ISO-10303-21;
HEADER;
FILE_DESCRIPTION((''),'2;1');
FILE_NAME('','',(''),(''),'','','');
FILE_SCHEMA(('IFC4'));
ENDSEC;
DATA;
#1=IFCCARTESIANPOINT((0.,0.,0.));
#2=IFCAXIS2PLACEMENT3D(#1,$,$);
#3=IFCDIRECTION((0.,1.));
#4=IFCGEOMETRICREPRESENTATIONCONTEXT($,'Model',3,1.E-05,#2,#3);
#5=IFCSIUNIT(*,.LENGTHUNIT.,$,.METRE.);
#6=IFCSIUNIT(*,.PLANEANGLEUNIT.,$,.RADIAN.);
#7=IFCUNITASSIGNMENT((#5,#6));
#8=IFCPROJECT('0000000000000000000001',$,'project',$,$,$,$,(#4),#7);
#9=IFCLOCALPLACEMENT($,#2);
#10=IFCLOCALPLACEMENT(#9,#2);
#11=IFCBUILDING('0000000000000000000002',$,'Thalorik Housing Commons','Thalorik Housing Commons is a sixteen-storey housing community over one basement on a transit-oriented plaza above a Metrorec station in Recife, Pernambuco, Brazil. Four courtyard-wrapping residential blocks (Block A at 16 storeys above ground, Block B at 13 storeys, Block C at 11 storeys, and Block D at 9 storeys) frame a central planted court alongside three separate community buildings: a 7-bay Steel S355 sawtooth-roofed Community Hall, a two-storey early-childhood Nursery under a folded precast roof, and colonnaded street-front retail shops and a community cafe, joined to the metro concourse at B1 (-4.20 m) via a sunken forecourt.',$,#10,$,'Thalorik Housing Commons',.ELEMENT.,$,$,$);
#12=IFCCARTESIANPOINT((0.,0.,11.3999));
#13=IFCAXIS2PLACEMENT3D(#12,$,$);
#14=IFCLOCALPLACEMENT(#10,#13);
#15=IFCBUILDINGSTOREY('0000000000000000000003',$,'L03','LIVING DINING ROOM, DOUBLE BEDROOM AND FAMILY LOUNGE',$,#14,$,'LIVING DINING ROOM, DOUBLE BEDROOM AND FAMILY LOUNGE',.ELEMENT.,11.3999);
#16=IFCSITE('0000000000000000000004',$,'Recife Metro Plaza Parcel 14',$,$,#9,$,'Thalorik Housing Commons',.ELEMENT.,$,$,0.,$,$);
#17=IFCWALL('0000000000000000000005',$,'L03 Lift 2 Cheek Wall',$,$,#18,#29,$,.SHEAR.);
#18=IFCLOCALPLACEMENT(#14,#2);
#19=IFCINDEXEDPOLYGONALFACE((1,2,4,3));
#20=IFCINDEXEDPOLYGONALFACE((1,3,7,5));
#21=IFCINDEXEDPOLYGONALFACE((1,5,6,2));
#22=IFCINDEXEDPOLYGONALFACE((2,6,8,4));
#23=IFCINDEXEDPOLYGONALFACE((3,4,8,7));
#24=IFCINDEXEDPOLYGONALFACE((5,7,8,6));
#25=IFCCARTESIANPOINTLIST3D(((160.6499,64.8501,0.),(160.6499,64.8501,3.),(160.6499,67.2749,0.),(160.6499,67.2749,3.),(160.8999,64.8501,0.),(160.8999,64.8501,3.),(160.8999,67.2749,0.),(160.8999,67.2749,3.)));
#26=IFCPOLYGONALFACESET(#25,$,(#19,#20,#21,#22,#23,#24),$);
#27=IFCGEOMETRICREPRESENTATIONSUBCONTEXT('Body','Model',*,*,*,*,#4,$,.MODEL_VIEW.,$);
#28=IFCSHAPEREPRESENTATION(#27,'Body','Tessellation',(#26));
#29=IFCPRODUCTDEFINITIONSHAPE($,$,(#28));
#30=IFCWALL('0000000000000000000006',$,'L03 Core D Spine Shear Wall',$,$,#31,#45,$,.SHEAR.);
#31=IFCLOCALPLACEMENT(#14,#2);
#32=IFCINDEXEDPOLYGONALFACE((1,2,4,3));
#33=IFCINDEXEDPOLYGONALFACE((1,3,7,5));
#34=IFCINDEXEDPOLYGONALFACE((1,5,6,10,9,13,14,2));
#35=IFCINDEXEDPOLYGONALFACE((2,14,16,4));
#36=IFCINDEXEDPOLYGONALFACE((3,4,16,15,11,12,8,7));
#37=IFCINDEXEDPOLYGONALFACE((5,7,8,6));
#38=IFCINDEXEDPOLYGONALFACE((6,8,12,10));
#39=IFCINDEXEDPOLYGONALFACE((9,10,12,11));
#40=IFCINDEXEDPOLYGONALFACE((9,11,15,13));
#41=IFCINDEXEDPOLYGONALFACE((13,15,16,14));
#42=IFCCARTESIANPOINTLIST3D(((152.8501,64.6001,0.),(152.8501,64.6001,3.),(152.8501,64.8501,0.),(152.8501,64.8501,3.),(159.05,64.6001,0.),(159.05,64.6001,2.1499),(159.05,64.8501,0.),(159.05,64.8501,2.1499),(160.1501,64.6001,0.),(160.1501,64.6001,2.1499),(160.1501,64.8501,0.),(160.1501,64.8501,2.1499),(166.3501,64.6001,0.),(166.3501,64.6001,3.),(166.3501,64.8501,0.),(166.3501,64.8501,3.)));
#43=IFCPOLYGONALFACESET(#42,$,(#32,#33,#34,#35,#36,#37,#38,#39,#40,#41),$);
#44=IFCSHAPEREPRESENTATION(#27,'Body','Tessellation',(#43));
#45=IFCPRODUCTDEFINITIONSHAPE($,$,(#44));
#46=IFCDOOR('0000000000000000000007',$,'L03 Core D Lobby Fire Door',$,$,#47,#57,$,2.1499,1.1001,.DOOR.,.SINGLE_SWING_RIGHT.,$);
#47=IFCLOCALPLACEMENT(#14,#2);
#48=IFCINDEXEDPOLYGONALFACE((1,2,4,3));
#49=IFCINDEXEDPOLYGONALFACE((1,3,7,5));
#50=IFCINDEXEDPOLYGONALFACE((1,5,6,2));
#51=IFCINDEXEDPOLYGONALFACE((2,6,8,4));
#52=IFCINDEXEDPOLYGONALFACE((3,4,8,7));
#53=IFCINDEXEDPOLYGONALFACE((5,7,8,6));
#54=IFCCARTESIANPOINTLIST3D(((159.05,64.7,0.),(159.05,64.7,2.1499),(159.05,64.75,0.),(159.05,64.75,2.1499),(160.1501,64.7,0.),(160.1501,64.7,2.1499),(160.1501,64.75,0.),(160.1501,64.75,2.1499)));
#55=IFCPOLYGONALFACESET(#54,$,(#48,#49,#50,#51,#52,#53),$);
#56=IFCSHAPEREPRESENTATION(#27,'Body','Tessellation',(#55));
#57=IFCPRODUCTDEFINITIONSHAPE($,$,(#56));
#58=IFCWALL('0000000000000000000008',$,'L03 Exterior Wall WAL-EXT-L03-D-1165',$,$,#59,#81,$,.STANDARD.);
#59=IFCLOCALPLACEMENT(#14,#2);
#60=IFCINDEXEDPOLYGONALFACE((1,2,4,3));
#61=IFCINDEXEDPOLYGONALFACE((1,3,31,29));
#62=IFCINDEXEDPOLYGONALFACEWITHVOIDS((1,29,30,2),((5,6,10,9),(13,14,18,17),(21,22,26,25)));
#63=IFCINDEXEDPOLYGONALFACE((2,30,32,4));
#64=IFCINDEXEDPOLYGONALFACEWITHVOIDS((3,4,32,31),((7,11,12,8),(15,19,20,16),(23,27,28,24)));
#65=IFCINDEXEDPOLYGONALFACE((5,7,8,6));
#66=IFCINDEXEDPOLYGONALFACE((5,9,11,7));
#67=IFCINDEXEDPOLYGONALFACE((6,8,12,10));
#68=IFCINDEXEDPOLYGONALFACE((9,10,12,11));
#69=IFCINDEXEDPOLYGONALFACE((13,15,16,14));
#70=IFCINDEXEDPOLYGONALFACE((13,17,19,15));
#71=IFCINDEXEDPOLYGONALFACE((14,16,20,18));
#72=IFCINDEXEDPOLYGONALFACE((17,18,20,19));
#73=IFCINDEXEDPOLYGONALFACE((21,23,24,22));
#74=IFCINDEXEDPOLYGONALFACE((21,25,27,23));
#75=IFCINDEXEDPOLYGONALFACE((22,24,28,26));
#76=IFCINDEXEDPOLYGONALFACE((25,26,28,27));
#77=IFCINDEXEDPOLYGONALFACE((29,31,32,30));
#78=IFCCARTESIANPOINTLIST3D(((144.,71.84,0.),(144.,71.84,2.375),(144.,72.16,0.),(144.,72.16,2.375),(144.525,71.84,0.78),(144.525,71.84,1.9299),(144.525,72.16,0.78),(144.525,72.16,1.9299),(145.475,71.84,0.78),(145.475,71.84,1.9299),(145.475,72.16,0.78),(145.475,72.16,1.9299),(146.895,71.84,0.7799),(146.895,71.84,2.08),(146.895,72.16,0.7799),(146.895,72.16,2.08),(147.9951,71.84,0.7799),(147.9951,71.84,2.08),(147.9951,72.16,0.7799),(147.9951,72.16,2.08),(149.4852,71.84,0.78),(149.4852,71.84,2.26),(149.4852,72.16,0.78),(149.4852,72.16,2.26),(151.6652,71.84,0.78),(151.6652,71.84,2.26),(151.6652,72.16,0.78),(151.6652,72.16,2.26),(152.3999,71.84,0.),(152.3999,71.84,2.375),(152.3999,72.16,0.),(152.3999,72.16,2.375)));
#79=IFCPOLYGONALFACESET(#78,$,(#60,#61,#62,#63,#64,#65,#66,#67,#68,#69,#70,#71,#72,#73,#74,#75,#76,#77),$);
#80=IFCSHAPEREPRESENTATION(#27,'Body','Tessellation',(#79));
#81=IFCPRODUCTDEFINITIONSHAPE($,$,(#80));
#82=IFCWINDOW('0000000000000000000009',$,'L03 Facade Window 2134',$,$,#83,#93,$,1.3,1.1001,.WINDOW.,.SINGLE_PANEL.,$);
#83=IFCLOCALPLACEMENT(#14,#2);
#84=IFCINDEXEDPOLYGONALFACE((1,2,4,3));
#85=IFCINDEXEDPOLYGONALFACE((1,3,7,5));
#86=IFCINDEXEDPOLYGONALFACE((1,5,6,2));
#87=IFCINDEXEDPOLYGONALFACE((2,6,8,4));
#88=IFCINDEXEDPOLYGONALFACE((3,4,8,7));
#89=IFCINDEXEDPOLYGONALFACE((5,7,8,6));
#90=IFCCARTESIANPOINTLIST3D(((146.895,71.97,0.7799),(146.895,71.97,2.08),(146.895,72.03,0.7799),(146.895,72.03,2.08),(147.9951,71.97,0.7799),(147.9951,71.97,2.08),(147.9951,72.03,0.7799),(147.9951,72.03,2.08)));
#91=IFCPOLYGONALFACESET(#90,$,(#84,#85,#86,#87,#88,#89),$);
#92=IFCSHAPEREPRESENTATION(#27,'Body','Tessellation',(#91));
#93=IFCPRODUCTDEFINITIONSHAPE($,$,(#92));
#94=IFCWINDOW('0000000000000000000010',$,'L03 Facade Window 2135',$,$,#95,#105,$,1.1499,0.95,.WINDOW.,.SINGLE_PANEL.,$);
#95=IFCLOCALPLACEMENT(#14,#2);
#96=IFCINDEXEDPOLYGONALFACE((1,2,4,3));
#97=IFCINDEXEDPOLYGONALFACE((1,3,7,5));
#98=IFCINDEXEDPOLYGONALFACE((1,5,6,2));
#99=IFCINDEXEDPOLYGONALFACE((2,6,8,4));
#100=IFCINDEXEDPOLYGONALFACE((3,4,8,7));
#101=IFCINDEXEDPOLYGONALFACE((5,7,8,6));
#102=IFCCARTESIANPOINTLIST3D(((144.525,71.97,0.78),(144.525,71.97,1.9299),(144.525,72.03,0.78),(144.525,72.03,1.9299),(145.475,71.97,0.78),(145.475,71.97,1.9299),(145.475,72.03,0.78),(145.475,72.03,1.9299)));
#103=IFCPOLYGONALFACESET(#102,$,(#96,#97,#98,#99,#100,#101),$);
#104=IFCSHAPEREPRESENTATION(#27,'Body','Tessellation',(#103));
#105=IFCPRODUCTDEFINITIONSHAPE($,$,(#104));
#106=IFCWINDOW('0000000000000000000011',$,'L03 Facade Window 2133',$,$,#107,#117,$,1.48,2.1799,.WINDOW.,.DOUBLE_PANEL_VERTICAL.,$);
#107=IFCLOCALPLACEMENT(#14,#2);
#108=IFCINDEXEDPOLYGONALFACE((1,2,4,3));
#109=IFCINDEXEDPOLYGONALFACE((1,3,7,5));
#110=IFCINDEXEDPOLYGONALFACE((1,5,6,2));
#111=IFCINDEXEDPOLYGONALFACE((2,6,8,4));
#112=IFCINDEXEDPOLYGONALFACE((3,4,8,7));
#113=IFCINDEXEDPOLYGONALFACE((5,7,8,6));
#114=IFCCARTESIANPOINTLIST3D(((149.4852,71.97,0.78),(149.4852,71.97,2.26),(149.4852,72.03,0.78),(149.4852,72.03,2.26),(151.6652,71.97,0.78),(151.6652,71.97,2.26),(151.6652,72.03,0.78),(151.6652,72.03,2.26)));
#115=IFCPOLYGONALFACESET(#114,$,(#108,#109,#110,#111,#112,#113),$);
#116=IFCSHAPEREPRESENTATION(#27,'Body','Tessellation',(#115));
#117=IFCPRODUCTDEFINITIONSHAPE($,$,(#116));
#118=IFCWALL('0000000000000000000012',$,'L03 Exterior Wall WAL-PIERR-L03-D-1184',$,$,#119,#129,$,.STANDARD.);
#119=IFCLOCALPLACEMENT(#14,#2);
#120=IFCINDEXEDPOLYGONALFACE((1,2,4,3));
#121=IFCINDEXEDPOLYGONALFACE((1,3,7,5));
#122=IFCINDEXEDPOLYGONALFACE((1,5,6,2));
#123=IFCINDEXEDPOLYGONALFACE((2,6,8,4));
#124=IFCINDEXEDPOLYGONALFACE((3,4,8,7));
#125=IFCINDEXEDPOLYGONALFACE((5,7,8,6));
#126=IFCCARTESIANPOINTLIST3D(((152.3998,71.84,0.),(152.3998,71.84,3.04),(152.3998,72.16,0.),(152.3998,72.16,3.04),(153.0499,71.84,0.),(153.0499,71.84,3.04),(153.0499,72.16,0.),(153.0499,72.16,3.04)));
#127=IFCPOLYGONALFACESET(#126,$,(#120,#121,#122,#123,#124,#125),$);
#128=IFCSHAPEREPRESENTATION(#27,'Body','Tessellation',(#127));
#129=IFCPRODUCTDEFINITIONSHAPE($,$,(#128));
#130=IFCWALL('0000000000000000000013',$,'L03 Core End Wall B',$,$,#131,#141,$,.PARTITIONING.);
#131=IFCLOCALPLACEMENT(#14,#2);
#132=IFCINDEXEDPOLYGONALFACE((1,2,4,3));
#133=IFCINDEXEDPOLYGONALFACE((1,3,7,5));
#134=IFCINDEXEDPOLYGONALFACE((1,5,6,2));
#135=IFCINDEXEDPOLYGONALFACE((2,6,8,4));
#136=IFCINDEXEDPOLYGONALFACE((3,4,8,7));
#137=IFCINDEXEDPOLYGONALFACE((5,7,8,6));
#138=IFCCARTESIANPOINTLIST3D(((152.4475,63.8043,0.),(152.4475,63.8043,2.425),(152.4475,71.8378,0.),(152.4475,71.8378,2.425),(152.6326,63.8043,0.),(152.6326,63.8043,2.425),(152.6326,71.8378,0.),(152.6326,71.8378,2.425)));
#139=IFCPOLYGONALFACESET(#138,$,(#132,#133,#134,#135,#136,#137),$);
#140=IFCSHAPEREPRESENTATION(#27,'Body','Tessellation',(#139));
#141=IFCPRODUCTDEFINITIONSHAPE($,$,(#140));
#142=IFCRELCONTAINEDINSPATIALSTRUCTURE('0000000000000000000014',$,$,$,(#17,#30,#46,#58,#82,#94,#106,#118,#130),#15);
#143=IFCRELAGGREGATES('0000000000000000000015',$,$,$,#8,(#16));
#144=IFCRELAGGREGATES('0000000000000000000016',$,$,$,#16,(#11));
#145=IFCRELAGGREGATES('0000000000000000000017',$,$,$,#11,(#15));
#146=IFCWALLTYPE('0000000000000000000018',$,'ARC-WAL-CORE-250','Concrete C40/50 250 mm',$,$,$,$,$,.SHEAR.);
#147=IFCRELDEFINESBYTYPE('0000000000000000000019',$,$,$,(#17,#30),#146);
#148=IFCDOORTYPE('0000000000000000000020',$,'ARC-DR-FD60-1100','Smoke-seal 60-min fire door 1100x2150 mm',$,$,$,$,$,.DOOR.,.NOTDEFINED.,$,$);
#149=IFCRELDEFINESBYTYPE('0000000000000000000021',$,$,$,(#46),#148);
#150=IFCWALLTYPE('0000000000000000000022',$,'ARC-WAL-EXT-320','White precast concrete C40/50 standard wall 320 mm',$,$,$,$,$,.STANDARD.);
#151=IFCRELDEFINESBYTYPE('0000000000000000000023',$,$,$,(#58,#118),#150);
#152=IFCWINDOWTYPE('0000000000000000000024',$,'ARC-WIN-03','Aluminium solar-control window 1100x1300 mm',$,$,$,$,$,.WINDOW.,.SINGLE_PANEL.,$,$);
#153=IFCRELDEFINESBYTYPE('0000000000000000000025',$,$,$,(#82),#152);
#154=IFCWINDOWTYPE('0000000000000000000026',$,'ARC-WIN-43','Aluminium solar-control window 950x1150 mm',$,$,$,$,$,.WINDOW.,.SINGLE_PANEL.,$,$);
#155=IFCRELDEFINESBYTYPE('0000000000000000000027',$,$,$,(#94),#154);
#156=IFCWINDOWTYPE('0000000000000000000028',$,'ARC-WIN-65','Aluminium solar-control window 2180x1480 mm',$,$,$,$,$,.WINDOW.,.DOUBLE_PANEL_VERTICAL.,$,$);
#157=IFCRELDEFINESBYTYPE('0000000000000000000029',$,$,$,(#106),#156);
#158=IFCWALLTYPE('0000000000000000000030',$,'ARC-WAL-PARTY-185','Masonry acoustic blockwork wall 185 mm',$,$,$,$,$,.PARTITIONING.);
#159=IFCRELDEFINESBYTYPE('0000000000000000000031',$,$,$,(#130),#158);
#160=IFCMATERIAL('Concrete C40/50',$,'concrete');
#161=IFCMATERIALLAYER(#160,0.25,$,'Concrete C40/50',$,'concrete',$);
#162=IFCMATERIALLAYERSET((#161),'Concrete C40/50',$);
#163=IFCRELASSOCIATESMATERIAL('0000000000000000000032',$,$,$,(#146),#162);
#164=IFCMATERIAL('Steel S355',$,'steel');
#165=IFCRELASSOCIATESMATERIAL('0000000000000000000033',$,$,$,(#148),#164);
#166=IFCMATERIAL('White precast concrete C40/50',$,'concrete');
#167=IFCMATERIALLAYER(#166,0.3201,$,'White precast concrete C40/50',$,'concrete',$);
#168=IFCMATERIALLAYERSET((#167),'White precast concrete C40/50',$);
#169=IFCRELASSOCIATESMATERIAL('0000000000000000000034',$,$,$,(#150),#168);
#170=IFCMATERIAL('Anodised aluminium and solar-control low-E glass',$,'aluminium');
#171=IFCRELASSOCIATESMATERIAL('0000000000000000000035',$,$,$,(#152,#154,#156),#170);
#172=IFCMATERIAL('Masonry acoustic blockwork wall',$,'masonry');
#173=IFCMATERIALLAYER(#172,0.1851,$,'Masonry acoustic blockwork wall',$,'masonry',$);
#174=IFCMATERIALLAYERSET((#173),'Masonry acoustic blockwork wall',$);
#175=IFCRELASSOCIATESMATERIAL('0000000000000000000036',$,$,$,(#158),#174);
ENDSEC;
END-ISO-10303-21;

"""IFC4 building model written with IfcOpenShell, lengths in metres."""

from ifc_helpers import new_model, si_unit, direction, frame, frame_2d, origin, place, context, subcontext, project, spatial, rectangle, extrude, material, layer, layer_set, type_object, element, fill, save


model = new_model("IFC4")

# Units and contexts
model_context = context("Model", 3, precision=1e-05, world=origin(), true_north=direction((0.0, 1.0)))
body_context = subcontext(model_context, "Body", "Model", "MODEL_VIEW")
ifc_project = project(units=[si_unit("LENGTHUNIT", "METRE"), si_unit("PLANEANGLEUNIT", "RADIAN")], contexts=[model_context])

# Site, building, storey
site_placement = place(None, origin())
site = spatial("IfcSite", under=ifc_project, at=site_placement, Name="Recife Metro Plaza Parcel 14", LongName="Thalorik Housing Commons", CompositionType="ELEMENT", RefElevation=0.0)
building_placement = place(site_placement, origin())
building = spatial("IfcBuilding", under=site, at=building_placement, Name="Thalorik Housing Commons", Description="Thalorik Housing Commons is a sixteen-storey housing community over one basement on a transit-oriented plaza above a Metrorec station in Recife, Pernambuco, Brazil. Four courtyard-wrapping residential blocks (Block A at 16 storeys above ground, Block B at 13 storeys, Block C at 11 storeys, and Block D at 9 storeys) frame a central planted court alongside three separate community buildings: a 7-bay Steel S355 sawtooth-roofed Community Hall, a two-storey early-childhood Nursery under a folded precast roof, and colonnaded street-front retail shops and a community cafe, joined to the metro concourse at B1 (-4.20 m) via a sunken forecourt.", LongName="Thalorik Housing Commons", CompositionType="ELEMENT")
storey_placement = place(building_placement, frame((0.0, 0.0, 11.3999)))
storey = spatial("IfcBuildingStorey", under=building, at=storey_placement, Name="L03", Description="LIVING DINING ROOM, DOUBLE BEDROOM AND FAMILY LOUNGE", LongName="LIVING DINING ROOM, DOUBLE BEDROOM AND FAMILY LOUNGE", CompositionType="ELEMENT", Elevation=11.3999)

# Shared definitions
ifc_material_1 = material(Name="Anodised aluminium and solar-control low-E glass", Category="aluminium")

# Shared definitions
ifc_material_2 = material(Name="Concrete C40/50", Category="concrete")
ifc_layer_1 = layer(ifc_material_2, 0.25, Name="Concrete C40/50", Category="concrete")
ifc_layer_set_1 = layer_set([ifc_layer_1], Name="Concrete C40/50")
wall_type_1 = type_object("IfcWallType", Name="ARC-WAL-CORE-250", Description="Concrete C40/50 250 mm", PredefinedType="SHEAR", material=ifc_layer_set_1)
ifc_material_3 = material(Name="Steel S355", Category="steel")

# Wall
for number, where, z_axis, x_axis, name in (
    (1, (160.7749, 67.2749, 0.0), (0.0, 0.0, 1.0), (0.0, -1.0, 0.0), "L03 Lift 2 Cheek Wall"),
):
    element("IfcWall", number, at=place(storey_placement, frame(where, z_axis=z_axis, x_axis=x_axis)), inside=storey, type_object=wall_type_1, Name=name, PredefinedType="SHEAR", context=body_context, shape_type="SweptSolid", body=[
        extrude(rectangle(XDim=2.4248, YDim=0.25, at=frame_2d((1.2124, 0.0))), origin(), (0.0, 0.0, 1.0), 3.0),
    ])

# Wall, opening, door
wall_1_placement = place(storey_placement, frame((152.8501, 64.7251, 0.0), z_axis=(0.0, 0.0, 1.0), x_axis=(1.0, 0.0, 0.0)))
wall_1 = element("IfcWall", 2, at=wall_1_placement, inside=storey, type_object=wall_type_1, Name="L03 Core D Spine Shear Wall", PredefinedType="SHEAR", context=body_context, shape_type="SweptSolid", body=[
    extrude(rectangle(XDim=13.5, YDim=0.25, at=frame_2d((6.75, 0.0))), origin(), (0.0, 0.0, 1.0), 3.0),
])
opening_1_placement = place(wall_1_placement, frame((6.2, 0.0, 0.0)))
opening_1 = element("IfcOpeningElement", 3, at=opening_1_placement, cuts=wall_1, PredefinedType="OPENING", context=body_context, shape_type="SweptSolid", body=[
    extrude(rectangle(XDim=1.1001, YDim=2.1499, at=frame_2d((0.55, 1.075))), frame((0.0, 0.135, 0.0), z_axis=(0.0, -1.0, 0.0), x_axis=(1.0, 0.0, 0.0)), (0.0, 0.0, 1.0), 0.27),
])
door_type_1 = type_object("IfcDoorType", Name="ARC-DR-FD60-1100", Description="Smoke-seal 60-min fire door 1100x2150 mm", OperationType="NOTDEFINED", PredefinedType="DOOR", material=ifc_material_3)
door_1_placement = place(opening_1_placement, origin())
door_1 = element("IfcDoor", 4, at=door_1_placement, inside=storey, type_object=door_type_1, Name="L03 Core D Lobby Fire Door", OperationType="SINGLE_SWING_RIGHT", OverallHeight=2.1499, OverallWidth=1.1001, PredefinedType="DOOR", context=body_context, shape_type="SweptSolid", body=[
    extrude(rectangle(XDim=1.1001, YDim=2.1499, at=frame_2d((0.55, 1.075))), frame((0.0, 0.0249, 0.0), z_axis=(0.0, -1.0, 0.0), x_axis=(1.0, 0.0, 0.0)), (0.0, 0.0, 1.0), 0.05),
])
fill(opening_1, door_1)

# Wall, openings, windows
ifc_material_4 = material(Name="White precast concrete C40/50", Category="concrete")
ifc_layer_2 = layer(ifc_material_4, 0.3201, Name="White precast concrete C40/50", Category="concrete")
ifc_layer_set_2 = layer_set([ifc_layer_2], Name="White precast concrete C40/50")
wall_type_2 = type_object("IfcWallType", Name="ARC-WAL-EXT-320", Description="White precast concrete C40/50 standard wall 320 mm", PredefinedType="STANDARD", material=ifc_layer_set_2)
wall_2_placement = place(storey_placement, frame((152.3999, 72.0, 0.0), z_axis=(0.0, 0.0, 1.0), x_axis=(-1.0, 0.0, 0.0)))
wall_2 = element("IfcWall", 5, at=wall_2_placement, inside=storey, type_object=wall_type_2, Name="L03 Exterior Wall WAL-EXT-L03-D-1165", PredefinedType="STANDARD", context=body_context, shape_type="SweptSolid", body=[
    extrude(rectangle(XDim=8.3999, YDim=0.3201, at=frame_2d((4.2, 0.0))), origin(), (0.0, 0.0, 1.0), 2.375),
])
opening_2_placement = place(wall_2_placement, frame((0.7349, 0.0, 0.78)))
opening_2 = element("IfcOpeningElement", 6, at=opening_2_placement, cuts=wall_2, PredefinedType="OPENING", context=body_context, shape_type="SweptSolid", body=[
    extrude(rectangle(XDim=2.1799, YDim=1.48, at=frame_2d((1.0898, 0.74))), frame((0.0, 0.1699, 0.0), z_axis=(0.0, -1.0, 0.0), x_axis=(1.0, 0.0, 0.0)), (0.0, 0.0, 1.0), 0.3401),
])
opening_3_placement = place(wall_2_placement, frame((4.4048, 0.0, 0.78)))
opening_3 = element("IfcOpeningElement", 7, at=opening_3_placement, cuts=wall_2, PredefinedType="OPENING", context=body_context, shape_type="SweptSolid", body=[
    extrude(rectangle(XDim=1.1001, YDim=1.3, at=frame_2d((0.55, 0.6499))), frame((0.0, 0.1699, 0.0), z_axis=(0.0, -1.0, 0.0), x_axis=(1.0, 0.0, 0.0)), (0.0, 0.0, 1.0), 0.3401),
])
opening_4_placement = place(wall_2_placement, frame((6.9248, 0.0, 0.78)))
opening_4 = element("IfcOpeningElement", 8, at=opening_4_placement, cuts=wall_2, PredefinedType="OPENING", context=body_context, shape_type="SweptSolid", body=[
    extrude(rectangle(XDim=0.95, YDim=1.1499, at=frame_2d((0.4751, 0.575))), frame((0.0, 0.1699, 0.0), z_axis=(0.0, -1.0, 0.0), x_axis=(1.0, 0.0, 0.0)), (0.0, 0.0, 1.0), 0.3401),
])
window_type_1 = type_object("IfcWindowType", Name="ARC-WIN-03", Description="Aluminium solar-control window 1100x1300 mm", PartitioningType="SINGLE_PANEL", PredefinedType="WINDOW", material=ifc_material_1)
window_1_placement = place(opening_3_placement, origin())
window_1 = element("IfcWindow", 9, at=window_1_placement, inside=storey, type_object=window_type_1, Name="L03 Facade Window 2134", OverallHeight=1.3, OverallWidth=1.1001, PartitioningType="SINGLE_PANEL", PredefinedType="WINDOW", context=body_context, shape_type="SweptSolid", body=[
    extrude(rectangle(XDim=1.1001, YDim=1.3, at=frame_2d((0.55, 0.6499))), frame((0.0, 0.03, 0.0), z_axis=(0.0, -1.0, 0.0), x_axis=(1.0, 0.0, 0.0)), (0.0, 0.0, 1.0), 0.0601),
])
fill(opening_3, window_1)
window_type_2 = type_object("IfcWindowType", Name="ARC-WIN-43", Description="Aluminium solar-control window 950x1150 mm", PartitioningType="SINGLE_PANEL", PredefinedType="WINDOW", material=ifc_material_1)
window_2_placement = place(opening_4_placement, origin())
window_2 = element("IfcWindow", 10, at=window_2_placement, inside=storey, type_object=window_type_2, Name="L03 Facade Window 2135", OverallHeight=1.1499, OverallWidth=0.95, PartitioningType="SINGLE_PANEL", PredefinedType="WINDOW", context=body_context, shape_type="SweptSolid", body=[
    extrude(rectangle(XDim=0.95, YDim=1.1499, at=frame_2d((0.4751, 0.575))), frame((0.0, 0.03, 0.0), z_axis=(0.0, -1.0, 0.0), x_axis=(1.0, 0.0, 0.0)), (0.0, 0.0, 1.0), 0.0601),
])
fill(opening_4, window_2)
window_type_3 = type_object("IfcWindowType", Name="ARC-WIN-65", Description="Aluminium solar-control window 2180x1480 mm", PartitioningType="DOUBLE_PANEL_VERTICAL", PredefinedType="WINDOW", material=ifc_material_1)
window_3_placement = place(opening_2_placement, origin())
window_3 = element("IfcWindow", 11, at=window_3_placement, inside=storey, type_object=window_type_3, Name="L03 Facade Window 2133", OverallHeight=1.48, OverallWidth=2.1799, PartitioningType="DOUBLE_PANEL_VERTICAL", PredefinedType="WINDOW", context=body_context, shape_type="SweptSolid", body=[
    extrude(rectangle(XDim=2.1799, YDim=1.48, at=frame_2d((1.0898, 0.74))), frame((0.0, 0.03, 0.0), z_axis=(0.0, -1.0, 0.0), x_axis=(1.0, 0.0, 0.0)), (0.0, 0.0, 1.0), 0.0601),
])
fill(opening_2, window_3)

# Walls
wall_3_placement = place(storey_placement, frame((153.05, 72.0, 0.0), z_axis=(0.0, 0.0, 1.0), x_axis=(-1.0, 0.0, 0.0)))
element("IfcWall", 12, at=wall_3_placement, inside=storey, type_object=wall_type_2, Name="L03 Exterior Wall WAL-PIERR-L03-D-1184", PredefinedType="STANDARD", context=body_context, shape_type="SweptSolid", body=[
    extrude(rectangle(XDim=0.6501, YDim=0.3201, at=frame_2d((0.3252, 0.0))), origin(), (0.0, 0.0, 1.0), 3.04),
])
ifc_material_5 = material(Name="Masonry acoustic blockwork wall", Category="masonry")
ifc_layer_3 = layer(ifc_material_5, 0.1851, Name="Masonry acoustic blockwork wall", Category="masonry")
ifc_layer_set_3 = layer_set([ifc_layer_3], Name="Masonry acoustic blockwork wall")
wall_type_3 = type_object("IfcWallType", Name="ARC-WAL-PARTY-185", Description="Masonry acoustic blockwork wall 185 mm", PredefinedType="PARTITIONING", material=ifc_layer_set_3)
wall_4_placement = place(storey_placement, frame((152.54, 63.8044, 0.0), z_axis=(0.0, 0.0, 1.0), x_axis=(0.0, 1.0, 0.0)))
element("IfcWall", 13, at=wall_4_placement, inside=storey, type_object=wall_type_3, Name="L03 Core End Wall B", PredefinedType="PARTITIONING", context=body_context, shape_type="SweptSolid", body=[
    extrude(rectangle(XDim=8.0334, YDim=0.1851, at=frame_2d((4.0166, 0.0))), origin(), (0.0, 0.0, 1.0), 2.425),
])

save(model, "model.ifc")
